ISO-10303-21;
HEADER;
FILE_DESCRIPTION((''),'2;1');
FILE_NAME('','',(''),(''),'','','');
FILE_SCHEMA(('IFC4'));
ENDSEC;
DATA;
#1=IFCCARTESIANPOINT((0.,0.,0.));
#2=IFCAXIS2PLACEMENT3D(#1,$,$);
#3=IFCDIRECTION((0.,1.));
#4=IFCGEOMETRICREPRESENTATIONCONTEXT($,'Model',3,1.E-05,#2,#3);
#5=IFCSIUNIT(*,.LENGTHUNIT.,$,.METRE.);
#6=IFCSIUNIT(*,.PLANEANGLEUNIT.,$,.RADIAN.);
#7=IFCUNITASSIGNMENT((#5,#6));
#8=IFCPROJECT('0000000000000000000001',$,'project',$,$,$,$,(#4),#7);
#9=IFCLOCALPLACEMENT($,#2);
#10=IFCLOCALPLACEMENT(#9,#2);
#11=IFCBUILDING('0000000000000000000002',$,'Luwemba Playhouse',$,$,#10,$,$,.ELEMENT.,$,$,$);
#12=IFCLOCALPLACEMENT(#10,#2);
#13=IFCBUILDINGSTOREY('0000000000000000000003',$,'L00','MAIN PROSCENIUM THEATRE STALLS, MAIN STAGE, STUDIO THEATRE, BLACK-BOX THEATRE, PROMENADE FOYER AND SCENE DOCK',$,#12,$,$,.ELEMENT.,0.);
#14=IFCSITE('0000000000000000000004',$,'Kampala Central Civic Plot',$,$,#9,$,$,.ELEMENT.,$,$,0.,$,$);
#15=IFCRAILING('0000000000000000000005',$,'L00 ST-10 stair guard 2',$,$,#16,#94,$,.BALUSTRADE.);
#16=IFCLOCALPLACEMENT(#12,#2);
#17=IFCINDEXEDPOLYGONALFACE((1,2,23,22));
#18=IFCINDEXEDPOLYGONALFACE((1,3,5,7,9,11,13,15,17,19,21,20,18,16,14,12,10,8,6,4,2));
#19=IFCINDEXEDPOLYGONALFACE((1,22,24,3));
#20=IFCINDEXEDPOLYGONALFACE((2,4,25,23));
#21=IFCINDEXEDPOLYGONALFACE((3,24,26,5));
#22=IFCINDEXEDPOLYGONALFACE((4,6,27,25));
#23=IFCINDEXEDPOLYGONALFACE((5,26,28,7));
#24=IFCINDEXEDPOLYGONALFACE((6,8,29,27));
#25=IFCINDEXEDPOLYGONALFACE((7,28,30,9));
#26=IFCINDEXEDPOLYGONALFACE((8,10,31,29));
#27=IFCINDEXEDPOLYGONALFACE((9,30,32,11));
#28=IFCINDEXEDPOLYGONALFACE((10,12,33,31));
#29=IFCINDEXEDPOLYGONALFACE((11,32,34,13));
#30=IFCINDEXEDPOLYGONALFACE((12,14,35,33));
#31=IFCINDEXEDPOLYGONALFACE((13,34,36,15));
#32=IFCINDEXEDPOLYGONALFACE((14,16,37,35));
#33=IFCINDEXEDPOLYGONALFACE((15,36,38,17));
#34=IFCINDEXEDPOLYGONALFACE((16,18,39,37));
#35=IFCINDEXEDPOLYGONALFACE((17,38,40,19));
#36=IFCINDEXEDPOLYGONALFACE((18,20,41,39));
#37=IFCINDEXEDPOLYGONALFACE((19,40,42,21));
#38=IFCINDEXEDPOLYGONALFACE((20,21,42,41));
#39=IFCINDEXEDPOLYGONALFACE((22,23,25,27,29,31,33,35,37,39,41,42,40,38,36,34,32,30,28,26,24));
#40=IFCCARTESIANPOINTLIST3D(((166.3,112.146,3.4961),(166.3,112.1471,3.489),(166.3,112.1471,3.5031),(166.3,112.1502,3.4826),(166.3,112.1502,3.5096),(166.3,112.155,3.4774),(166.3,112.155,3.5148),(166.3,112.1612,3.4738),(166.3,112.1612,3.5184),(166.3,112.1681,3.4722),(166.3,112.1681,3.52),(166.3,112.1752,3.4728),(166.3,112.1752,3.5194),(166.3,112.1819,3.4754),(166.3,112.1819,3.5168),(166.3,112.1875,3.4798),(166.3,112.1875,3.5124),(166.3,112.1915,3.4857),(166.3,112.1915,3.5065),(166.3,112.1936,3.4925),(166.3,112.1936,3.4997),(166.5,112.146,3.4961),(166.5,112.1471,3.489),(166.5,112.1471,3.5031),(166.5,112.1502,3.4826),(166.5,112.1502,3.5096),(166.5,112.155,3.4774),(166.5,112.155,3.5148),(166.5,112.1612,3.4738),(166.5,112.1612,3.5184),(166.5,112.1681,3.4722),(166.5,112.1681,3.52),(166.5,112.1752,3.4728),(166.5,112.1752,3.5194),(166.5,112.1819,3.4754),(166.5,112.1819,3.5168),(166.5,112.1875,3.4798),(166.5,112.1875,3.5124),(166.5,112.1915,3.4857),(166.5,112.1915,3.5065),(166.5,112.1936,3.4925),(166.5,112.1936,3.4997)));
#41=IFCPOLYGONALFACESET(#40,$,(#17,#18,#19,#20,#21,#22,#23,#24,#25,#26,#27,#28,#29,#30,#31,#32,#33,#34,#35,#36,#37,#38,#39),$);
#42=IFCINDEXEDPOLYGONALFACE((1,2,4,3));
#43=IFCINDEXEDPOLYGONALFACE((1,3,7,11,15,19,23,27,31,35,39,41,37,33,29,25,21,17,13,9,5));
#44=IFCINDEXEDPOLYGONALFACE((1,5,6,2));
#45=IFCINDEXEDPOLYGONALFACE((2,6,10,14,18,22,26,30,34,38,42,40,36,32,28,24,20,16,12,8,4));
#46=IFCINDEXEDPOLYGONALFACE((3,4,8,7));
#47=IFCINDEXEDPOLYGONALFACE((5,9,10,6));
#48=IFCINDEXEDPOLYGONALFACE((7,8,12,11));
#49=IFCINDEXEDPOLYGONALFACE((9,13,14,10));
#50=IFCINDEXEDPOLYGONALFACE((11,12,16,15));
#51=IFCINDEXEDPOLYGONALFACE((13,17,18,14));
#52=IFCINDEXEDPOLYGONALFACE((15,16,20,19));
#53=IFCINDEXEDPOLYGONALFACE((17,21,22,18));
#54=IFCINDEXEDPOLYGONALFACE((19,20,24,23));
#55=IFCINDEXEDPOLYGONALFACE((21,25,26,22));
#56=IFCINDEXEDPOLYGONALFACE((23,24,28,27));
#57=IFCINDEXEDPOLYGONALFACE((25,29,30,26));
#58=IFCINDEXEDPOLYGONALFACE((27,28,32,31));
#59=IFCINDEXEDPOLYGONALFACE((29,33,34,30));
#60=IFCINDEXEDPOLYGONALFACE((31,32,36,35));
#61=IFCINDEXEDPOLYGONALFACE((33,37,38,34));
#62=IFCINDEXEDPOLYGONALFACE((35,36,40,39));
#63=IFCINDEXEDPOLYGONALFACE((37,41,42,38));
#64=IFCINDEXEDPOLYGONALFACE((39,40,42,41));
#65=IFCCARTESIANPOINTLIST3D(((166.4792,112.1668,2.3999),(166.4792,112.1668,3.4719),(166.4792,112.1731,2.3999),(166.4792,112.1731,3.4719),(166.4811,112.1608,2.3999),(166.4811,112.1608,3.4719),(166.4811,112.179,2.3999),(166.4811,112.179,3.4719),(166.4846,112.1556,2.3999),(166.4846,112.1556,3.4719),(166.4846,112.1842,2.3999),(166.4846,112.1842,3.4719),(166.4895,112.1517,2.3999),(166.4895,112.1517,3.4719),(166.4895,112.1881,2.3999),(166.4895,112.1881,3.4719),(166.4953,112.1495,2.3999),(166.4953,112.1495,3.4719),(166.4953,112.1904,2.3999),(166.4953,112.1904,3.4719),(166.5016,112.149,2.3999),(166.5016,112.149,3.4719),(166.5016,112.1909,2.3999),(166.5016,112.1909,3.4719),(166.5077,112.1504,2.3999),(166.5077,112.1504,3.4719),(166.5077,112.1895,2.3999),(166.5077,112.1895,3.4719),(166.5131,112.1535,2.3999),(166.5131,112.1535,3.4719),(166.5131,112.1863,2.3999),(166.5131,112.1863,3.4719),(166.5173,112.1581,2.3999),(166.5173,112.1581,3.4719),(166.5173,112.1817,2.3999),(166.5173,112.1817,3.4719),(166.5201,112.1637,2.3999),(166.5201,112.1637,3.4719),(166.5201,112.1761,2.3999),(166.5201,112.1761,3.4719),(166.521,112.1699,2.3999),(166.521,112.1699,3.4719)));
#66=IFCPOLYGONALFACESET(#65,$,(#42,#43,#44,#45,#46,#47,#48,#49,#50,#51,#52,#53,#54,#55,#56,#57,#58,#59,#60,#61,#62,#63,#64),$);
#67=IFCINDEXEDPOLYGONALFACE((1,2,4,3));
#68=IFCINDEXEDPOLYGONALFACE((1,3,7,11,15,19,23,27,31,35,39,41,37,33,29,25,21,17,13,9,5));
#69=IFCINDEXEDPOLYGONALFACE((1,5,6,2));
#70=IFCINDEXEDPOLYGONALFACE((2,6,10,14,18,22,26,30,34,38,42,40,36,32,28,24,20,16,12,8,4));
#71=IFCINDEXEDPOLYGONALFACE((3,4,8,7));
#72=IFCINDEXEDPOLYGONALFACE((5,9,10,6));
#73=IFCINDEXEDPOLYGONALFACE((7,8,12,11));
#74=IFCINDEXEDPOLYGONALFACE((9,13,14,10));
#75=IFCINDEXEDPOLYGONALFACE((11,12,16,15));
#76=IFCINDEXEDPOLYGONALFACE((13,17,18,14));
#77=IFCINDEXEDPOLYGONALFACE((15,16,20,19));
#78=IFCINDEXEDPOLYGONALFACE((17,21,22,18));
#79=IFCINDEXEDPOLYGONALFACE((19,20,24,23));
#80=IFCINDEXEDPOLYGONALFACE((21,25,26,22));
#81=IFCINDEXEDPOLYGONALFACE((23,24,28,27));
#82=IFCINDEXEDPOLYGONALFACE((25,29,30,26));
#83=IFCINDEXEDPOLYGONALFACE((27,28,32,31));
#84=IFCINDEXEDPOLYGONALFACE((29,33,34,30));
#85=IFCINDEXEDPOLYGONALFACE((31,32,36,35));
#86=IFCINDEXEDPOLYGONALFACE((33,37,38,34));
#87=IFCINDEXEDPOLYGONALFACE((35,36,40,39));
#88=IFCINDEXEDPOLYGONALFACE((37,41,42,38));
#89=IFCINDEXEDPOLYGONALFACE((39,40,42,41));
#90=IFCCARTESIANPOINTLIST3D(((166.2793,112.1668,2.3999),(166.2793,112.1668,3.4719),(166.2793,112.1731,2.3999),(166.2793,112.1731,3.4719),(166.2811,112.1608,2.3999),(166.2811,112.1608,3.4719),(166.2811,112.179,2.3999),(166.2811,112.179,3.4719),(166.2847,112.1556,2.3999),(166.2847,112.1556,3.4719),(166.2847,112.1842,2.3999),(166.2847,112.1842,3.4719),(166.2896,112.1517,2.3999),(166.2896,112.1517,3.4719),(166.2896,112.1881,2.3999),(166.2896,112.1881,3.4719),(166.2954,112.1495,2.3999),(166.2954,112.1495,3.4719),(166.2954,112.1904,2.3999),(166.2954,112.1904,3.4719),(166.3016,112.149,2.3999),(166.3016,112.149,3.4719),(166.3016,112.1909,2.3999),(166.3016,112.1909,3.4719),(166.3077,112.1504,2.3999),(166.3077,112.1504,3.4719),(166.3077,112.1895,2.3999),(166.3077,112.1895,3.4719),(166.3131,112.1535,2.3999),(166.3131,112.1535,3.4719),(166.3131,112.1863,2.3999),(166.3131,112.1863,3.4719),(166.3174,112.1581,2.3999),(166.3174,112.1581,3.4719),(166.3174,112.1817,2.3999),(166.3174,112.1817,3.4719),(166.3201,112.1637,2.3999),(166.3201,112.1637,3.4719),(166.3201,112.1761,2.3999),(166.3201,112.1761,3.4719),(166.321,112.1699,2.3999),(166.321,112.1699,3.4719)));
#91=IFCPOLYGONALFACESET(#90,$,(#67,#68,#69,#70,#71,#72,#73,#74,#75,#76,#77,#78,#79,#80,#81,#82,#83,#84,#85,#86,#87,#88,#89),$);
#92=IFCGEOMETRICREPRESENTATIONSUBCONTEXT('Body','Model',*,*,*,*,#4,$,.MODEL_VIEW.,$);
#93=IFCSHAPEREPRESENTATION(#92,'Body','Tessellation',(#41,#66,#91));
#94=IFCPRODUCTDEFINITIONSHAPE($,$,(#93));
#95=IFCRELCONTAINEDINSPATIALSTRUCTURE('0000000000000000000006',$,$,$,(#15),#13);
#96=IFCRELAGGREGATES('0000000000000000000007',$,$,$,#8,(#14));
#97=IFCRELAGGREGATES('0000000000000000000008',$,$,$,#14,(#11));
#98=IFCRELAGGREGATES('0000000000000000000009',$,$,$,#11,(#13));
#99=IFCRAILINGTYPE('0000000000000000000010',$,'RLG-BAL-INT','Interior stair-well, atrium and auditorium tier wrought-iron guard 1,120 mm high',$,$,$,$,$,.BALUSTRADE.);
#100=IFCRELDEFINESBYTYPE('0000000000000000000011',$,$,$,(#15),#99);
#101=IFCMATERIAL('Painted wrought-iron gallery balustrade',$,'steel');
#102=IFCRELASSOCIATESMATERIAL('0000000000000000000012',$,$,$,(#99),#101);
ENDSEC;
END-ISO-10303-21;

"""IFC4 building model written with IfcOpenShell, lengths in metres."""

from ifc_helpers import new_model, si_unit, direction, frame, origin, origin_2d, place, context, subcontext, project, spatial, circle, extrude, material, type_object, element, save


model = new_model("IFC4")

# Units and contexts
model_context = context("Model", 3, precision=1e-05, world=origin(), true_north=direction((0.0, 1.0)))
body_context = subcontext(model_context, "Body", "Model", "MODEL_VIEW")
ifc_project = project(units=[si_unit("LENGTHUNIT", "METRE"), si_unit("PLANEANGLEUNIT", "RADIAN")], contexts=[model_context])

# Site, building, storey
site_placement = place(None, origin())
site = spatial("IfcSite", under=ifc_project, at=site_placement, Name="Kampala Central Civic Plot", CompositionType="ELEMENT", RefElevation=0.0)
building_placement = place(site_placement, origin())
building = spatial("IfcBuilding", under=site, at=building_placement, Name="Luwemba Playhouse", CompositionType="ELEMENT")
storey_placement = place(building_placement, origin())
storey = spatial("IfcBuildingStorey", under=building, at=storey_placement, Name="L00", Description="MAIN PROSCENIUM THEATRE STALLS, MAIN STAGE, STUDIO THEATRE, BLACK-BOX THEATRE, PROMENADE FOYER AND SCENE DOCK", CompositionType="ELEMENT", Elevation=0.0)

# Railing
ifc_material_1 = material(Name="Painted wrought-iron gallery balustrade", Category="steel")
railing_type_1 = type_object("IfcRailingType", Name="RLG-BAL-INT", Description="Interior stair-well, atrium and auditorium tier wrought-iron guard 1,120 mm high", PredefinedType="BALUSTRADE", material=ifc_material_1)
railing_1_placement = place(storey_placement, frame((166.5, 112.1699, 2.3999)))
element("IfcRailing", 1, at=railing_1_placement, inside=storey, type_object=railing_type_1, Name="L00 ST-10 stair guard 2", PredefinedType="BALUSTRADE", context=body_context, shape_type="SweptSolid", body=[
    extrude(circle(Radius=0.0239, at=origin_2d()), frame((0.0, 0.0, 1.0962), z_axis=(-1.0, 0.0, 0.0), x_axis=(0.0, -1.0, 0.0)), (0.0, 0.0, 1.0), 0.2),
    extrude(circle(Radius=0.021, at=origin_2d()), origin(), (0.0, 0.0, 1.0), 1.072),
    extrude(circle(Radius=0.021, at=origin_2d()), frame((-0.2, 0.0, 0.0)), (0.0, 0.0, 1.0), 1.072),
])

save(model, "model.ifc")
